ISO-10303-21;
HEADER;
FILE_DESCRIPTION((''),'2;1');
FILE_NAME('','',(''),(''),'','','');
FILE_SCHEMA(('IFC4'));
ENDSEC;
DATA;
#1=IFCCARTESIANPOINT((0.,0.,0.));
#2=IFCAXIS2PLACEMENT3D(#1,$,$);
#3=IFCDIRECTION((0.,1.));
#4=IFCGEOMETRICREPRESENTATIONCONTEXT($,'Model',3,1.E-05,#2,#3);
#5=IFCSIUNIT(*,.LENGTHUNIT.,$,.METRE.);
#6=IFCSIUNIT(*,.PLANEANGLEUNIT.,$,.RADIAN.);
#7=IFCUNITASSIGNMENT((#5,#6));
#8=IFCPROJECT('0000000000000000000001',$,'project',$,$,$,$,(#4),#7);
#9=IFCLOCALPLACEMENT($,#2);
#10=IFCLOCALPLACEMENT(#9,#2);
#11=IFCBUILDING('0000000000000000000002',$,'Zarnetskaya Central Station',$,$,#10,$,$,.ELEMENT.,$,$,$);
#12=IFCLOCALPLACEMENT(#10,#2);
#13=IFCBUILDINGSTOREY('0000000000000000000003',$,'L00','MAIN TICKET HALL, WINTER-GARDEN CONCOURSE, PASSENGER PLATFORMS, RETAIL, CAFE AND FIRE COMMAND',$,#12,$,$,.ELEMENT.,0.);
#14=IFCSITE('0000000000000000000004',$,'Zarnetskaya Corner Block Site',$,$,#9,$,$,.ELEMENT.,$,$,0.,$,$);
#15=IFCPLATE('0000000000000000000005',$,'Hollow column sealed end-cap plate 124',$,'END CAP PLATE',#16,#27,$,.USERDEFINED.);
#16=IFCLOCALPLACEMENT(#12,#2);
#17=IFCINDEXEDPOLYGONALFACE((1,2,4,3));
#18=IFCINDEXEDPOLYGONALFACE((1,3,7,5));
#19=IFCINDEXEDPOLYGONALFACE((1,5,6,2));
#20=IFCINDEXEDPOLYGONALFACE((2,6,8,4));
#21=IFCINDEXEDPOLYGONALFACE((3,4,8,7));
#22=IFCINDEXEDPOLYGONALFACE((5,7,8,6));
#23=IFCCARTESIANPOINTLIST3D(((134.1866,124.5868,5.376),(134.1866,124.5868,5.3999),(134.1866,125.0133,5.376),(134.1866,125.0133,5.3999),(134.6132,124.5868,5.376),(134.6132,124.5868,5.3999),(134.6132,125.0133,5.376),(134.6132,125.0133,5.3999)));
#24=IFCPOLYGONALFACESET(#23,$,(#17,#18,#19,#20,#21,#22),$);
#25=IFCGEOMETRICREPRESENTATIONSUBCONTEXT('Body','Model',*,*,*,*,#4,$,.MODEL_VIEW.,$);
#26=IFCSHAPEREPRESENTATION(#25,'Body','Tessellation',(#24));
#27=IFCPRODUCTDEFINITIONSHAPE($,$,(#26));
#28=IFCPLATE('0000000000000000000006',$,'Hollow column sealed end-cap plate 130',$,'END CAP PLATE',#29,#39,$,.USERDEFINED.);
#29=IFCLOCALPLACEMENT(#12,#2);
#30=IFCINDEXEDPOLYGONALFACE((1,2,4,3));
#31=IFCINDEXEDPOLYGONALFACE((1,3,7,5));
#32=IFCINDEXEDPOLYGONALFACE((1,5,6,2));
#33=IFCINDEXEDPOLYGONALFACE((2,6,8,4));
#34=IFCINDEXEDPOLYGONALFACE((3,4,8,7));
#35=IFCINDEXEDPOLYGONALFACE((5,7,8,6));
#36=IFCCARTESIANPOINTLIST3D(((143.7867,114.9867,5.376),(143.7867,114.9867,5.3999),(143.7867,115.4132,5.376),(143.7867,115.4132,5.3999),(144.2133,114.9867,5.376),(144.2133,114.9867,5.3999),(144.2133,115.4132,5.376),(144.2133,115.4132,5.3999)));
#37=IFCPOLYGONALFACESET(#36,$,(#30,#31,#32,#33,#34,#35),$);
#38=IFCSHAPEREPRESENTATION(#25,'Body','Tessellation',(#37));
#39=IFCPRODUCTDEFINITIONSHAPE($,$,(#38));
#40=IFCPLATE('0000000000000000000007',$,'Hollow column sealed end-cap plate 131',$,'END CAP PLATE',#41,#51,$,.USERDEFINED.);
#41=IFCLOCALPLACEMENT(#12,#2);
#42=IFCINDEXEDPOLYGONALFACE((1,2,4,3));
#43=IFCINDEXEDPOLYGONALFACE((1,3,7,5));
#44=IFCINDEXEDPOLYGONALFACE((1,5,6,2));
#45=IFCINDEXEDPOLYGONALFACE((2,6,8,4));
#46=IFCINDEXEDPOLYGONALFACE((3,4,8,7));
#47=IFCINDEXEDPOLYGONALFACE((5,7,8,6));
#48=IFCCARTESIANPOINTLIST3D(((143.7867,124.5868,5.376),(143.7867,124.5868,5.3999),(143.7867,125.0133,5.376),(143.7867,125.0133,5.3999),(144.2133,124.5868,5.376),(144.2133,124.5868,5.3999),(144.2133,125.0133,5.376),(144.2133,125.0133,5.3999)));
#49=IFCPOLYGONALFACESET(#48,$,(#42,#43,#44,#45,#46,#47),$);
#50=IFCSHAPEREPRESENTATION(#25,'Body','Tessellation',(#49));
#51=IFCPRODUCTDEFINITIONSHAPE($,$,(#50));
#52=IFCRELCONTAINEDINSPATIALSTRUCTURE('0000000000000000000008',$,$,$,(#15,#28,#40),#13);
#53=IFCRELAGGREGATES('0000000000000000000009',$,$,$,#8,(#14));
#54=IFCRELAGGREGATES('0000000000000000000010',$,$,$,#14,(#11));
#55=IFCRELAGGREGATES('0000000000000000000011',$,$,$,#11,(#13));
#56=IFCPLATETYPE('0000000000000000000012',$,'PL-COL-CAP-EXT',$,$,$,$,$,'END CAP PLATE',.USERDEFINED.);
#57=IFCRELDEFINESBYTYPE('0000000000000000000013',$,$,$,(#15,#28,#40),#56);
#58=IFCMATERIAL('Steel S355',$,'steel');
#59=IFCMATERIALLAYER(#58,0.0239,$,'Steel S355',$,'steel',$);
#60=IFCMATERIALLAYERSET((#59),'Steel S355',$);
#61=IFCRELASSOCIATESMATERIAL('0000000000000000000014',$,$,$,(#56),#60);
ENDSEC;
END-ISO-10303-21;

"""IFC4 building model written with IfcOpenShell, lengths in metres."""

from ifc_helpers import new_model, si_unit, direction, frame, origin, origin_2d, place, context, subcontext, project, spatial, rectangle, extrude, material, layer, layer_set, type_object, element, save


model = new_model("IFC4")

# Units and contexts
model_context = context("Model", 3, precision=1e-05, world=origin(), true_north=direction((0.0, 1.0)))
body_context = subcontext(model_context, "Body", "Model", "MODEL_VIEW")
ifc_project = project(units=[si_unit("LENGTHUNIT", "METRE"), si_unit("PLANEANGLEUNIT", "RADIAN")], contexts=[model_context])

# Site, building, storey
site_placement = place(None, origin())
site = spatial("IfcSite", under=ifc_project, at=site_placement, Name="Zarnetskaya Corner Block Site", CompositionType="ELEMENT", RefElevation=0.0)
building_placement = place(site_placement, origin())
building = spatial("IfcBuilding", under=site, at=building_placement, Name="Zarnetskaya Central Station", CompositionType="ELEMENT")
storey_placement = place(building_placement, origin())
storey = spatial("IfcBuildingStorey", under=building, at=storey_placement, Name="L00", Description="MAIN TICKET HALL, WINTER-GARDEN CONCOURSE, PASSENGER PLATFORMS, RETAIL, CAFE AND FIRE COMMAND", CompositionType="ELEMENT", Elevation=0.0)

# Shared definitions
ifc_material = material(Name="Steel S355", Category="steel")

# Plates
ifc_layer = layer(ifc_material, 0.0239, Name="Steel S355", Category="steel")
ifc_layer_set = layer_set([ifc_layer], Name="Steel S355")
plate_type = type_object("IfcPlateType", Name="PL-COL-CAP-EXT", ElementType="END CAP PLATE", PredefinedType="USERDEFINED", material=ifc_layer_set)
for number, where, z_axis, x_axis, name in (
    (1, (134.3999, 124.8, 5.376), (0.0, 0.0, 1.0), (1.0, 0.0, 0.0), "Hollow column sealed end-cap plate 124"),
    (2, (144.0, 115.2, 5.376), (0.0, 0.0, 1.0), (1.0, 0.0, 0.0), "Hollow column sealed end-cap plate 130"),
    (3, (144.0, 124.8, 5.376), (0.0, 0.0, 1.0), (1.0, 0.0, 0.0), "Hollow column sealed end-cap plate 131"),
):
    element("IfcPlate", number, at=place(storey_placement, frame(where, z_axis=z_axis, x_axis=x_axis)), inside=storey, type_object=plate_type, Name=name, ObjectType="END CAP PLATE", PredefinedType="USERDEFINED", context=body_context, shape_type="SweptSolid", body=[
        extrude(rectangle(XDim=0.4265, YDim=0.4265, at=origin_2d()), origin(), (0.0, 0.0, 1.0), 0.0239),
    ])

save(model, "model.ifc")
